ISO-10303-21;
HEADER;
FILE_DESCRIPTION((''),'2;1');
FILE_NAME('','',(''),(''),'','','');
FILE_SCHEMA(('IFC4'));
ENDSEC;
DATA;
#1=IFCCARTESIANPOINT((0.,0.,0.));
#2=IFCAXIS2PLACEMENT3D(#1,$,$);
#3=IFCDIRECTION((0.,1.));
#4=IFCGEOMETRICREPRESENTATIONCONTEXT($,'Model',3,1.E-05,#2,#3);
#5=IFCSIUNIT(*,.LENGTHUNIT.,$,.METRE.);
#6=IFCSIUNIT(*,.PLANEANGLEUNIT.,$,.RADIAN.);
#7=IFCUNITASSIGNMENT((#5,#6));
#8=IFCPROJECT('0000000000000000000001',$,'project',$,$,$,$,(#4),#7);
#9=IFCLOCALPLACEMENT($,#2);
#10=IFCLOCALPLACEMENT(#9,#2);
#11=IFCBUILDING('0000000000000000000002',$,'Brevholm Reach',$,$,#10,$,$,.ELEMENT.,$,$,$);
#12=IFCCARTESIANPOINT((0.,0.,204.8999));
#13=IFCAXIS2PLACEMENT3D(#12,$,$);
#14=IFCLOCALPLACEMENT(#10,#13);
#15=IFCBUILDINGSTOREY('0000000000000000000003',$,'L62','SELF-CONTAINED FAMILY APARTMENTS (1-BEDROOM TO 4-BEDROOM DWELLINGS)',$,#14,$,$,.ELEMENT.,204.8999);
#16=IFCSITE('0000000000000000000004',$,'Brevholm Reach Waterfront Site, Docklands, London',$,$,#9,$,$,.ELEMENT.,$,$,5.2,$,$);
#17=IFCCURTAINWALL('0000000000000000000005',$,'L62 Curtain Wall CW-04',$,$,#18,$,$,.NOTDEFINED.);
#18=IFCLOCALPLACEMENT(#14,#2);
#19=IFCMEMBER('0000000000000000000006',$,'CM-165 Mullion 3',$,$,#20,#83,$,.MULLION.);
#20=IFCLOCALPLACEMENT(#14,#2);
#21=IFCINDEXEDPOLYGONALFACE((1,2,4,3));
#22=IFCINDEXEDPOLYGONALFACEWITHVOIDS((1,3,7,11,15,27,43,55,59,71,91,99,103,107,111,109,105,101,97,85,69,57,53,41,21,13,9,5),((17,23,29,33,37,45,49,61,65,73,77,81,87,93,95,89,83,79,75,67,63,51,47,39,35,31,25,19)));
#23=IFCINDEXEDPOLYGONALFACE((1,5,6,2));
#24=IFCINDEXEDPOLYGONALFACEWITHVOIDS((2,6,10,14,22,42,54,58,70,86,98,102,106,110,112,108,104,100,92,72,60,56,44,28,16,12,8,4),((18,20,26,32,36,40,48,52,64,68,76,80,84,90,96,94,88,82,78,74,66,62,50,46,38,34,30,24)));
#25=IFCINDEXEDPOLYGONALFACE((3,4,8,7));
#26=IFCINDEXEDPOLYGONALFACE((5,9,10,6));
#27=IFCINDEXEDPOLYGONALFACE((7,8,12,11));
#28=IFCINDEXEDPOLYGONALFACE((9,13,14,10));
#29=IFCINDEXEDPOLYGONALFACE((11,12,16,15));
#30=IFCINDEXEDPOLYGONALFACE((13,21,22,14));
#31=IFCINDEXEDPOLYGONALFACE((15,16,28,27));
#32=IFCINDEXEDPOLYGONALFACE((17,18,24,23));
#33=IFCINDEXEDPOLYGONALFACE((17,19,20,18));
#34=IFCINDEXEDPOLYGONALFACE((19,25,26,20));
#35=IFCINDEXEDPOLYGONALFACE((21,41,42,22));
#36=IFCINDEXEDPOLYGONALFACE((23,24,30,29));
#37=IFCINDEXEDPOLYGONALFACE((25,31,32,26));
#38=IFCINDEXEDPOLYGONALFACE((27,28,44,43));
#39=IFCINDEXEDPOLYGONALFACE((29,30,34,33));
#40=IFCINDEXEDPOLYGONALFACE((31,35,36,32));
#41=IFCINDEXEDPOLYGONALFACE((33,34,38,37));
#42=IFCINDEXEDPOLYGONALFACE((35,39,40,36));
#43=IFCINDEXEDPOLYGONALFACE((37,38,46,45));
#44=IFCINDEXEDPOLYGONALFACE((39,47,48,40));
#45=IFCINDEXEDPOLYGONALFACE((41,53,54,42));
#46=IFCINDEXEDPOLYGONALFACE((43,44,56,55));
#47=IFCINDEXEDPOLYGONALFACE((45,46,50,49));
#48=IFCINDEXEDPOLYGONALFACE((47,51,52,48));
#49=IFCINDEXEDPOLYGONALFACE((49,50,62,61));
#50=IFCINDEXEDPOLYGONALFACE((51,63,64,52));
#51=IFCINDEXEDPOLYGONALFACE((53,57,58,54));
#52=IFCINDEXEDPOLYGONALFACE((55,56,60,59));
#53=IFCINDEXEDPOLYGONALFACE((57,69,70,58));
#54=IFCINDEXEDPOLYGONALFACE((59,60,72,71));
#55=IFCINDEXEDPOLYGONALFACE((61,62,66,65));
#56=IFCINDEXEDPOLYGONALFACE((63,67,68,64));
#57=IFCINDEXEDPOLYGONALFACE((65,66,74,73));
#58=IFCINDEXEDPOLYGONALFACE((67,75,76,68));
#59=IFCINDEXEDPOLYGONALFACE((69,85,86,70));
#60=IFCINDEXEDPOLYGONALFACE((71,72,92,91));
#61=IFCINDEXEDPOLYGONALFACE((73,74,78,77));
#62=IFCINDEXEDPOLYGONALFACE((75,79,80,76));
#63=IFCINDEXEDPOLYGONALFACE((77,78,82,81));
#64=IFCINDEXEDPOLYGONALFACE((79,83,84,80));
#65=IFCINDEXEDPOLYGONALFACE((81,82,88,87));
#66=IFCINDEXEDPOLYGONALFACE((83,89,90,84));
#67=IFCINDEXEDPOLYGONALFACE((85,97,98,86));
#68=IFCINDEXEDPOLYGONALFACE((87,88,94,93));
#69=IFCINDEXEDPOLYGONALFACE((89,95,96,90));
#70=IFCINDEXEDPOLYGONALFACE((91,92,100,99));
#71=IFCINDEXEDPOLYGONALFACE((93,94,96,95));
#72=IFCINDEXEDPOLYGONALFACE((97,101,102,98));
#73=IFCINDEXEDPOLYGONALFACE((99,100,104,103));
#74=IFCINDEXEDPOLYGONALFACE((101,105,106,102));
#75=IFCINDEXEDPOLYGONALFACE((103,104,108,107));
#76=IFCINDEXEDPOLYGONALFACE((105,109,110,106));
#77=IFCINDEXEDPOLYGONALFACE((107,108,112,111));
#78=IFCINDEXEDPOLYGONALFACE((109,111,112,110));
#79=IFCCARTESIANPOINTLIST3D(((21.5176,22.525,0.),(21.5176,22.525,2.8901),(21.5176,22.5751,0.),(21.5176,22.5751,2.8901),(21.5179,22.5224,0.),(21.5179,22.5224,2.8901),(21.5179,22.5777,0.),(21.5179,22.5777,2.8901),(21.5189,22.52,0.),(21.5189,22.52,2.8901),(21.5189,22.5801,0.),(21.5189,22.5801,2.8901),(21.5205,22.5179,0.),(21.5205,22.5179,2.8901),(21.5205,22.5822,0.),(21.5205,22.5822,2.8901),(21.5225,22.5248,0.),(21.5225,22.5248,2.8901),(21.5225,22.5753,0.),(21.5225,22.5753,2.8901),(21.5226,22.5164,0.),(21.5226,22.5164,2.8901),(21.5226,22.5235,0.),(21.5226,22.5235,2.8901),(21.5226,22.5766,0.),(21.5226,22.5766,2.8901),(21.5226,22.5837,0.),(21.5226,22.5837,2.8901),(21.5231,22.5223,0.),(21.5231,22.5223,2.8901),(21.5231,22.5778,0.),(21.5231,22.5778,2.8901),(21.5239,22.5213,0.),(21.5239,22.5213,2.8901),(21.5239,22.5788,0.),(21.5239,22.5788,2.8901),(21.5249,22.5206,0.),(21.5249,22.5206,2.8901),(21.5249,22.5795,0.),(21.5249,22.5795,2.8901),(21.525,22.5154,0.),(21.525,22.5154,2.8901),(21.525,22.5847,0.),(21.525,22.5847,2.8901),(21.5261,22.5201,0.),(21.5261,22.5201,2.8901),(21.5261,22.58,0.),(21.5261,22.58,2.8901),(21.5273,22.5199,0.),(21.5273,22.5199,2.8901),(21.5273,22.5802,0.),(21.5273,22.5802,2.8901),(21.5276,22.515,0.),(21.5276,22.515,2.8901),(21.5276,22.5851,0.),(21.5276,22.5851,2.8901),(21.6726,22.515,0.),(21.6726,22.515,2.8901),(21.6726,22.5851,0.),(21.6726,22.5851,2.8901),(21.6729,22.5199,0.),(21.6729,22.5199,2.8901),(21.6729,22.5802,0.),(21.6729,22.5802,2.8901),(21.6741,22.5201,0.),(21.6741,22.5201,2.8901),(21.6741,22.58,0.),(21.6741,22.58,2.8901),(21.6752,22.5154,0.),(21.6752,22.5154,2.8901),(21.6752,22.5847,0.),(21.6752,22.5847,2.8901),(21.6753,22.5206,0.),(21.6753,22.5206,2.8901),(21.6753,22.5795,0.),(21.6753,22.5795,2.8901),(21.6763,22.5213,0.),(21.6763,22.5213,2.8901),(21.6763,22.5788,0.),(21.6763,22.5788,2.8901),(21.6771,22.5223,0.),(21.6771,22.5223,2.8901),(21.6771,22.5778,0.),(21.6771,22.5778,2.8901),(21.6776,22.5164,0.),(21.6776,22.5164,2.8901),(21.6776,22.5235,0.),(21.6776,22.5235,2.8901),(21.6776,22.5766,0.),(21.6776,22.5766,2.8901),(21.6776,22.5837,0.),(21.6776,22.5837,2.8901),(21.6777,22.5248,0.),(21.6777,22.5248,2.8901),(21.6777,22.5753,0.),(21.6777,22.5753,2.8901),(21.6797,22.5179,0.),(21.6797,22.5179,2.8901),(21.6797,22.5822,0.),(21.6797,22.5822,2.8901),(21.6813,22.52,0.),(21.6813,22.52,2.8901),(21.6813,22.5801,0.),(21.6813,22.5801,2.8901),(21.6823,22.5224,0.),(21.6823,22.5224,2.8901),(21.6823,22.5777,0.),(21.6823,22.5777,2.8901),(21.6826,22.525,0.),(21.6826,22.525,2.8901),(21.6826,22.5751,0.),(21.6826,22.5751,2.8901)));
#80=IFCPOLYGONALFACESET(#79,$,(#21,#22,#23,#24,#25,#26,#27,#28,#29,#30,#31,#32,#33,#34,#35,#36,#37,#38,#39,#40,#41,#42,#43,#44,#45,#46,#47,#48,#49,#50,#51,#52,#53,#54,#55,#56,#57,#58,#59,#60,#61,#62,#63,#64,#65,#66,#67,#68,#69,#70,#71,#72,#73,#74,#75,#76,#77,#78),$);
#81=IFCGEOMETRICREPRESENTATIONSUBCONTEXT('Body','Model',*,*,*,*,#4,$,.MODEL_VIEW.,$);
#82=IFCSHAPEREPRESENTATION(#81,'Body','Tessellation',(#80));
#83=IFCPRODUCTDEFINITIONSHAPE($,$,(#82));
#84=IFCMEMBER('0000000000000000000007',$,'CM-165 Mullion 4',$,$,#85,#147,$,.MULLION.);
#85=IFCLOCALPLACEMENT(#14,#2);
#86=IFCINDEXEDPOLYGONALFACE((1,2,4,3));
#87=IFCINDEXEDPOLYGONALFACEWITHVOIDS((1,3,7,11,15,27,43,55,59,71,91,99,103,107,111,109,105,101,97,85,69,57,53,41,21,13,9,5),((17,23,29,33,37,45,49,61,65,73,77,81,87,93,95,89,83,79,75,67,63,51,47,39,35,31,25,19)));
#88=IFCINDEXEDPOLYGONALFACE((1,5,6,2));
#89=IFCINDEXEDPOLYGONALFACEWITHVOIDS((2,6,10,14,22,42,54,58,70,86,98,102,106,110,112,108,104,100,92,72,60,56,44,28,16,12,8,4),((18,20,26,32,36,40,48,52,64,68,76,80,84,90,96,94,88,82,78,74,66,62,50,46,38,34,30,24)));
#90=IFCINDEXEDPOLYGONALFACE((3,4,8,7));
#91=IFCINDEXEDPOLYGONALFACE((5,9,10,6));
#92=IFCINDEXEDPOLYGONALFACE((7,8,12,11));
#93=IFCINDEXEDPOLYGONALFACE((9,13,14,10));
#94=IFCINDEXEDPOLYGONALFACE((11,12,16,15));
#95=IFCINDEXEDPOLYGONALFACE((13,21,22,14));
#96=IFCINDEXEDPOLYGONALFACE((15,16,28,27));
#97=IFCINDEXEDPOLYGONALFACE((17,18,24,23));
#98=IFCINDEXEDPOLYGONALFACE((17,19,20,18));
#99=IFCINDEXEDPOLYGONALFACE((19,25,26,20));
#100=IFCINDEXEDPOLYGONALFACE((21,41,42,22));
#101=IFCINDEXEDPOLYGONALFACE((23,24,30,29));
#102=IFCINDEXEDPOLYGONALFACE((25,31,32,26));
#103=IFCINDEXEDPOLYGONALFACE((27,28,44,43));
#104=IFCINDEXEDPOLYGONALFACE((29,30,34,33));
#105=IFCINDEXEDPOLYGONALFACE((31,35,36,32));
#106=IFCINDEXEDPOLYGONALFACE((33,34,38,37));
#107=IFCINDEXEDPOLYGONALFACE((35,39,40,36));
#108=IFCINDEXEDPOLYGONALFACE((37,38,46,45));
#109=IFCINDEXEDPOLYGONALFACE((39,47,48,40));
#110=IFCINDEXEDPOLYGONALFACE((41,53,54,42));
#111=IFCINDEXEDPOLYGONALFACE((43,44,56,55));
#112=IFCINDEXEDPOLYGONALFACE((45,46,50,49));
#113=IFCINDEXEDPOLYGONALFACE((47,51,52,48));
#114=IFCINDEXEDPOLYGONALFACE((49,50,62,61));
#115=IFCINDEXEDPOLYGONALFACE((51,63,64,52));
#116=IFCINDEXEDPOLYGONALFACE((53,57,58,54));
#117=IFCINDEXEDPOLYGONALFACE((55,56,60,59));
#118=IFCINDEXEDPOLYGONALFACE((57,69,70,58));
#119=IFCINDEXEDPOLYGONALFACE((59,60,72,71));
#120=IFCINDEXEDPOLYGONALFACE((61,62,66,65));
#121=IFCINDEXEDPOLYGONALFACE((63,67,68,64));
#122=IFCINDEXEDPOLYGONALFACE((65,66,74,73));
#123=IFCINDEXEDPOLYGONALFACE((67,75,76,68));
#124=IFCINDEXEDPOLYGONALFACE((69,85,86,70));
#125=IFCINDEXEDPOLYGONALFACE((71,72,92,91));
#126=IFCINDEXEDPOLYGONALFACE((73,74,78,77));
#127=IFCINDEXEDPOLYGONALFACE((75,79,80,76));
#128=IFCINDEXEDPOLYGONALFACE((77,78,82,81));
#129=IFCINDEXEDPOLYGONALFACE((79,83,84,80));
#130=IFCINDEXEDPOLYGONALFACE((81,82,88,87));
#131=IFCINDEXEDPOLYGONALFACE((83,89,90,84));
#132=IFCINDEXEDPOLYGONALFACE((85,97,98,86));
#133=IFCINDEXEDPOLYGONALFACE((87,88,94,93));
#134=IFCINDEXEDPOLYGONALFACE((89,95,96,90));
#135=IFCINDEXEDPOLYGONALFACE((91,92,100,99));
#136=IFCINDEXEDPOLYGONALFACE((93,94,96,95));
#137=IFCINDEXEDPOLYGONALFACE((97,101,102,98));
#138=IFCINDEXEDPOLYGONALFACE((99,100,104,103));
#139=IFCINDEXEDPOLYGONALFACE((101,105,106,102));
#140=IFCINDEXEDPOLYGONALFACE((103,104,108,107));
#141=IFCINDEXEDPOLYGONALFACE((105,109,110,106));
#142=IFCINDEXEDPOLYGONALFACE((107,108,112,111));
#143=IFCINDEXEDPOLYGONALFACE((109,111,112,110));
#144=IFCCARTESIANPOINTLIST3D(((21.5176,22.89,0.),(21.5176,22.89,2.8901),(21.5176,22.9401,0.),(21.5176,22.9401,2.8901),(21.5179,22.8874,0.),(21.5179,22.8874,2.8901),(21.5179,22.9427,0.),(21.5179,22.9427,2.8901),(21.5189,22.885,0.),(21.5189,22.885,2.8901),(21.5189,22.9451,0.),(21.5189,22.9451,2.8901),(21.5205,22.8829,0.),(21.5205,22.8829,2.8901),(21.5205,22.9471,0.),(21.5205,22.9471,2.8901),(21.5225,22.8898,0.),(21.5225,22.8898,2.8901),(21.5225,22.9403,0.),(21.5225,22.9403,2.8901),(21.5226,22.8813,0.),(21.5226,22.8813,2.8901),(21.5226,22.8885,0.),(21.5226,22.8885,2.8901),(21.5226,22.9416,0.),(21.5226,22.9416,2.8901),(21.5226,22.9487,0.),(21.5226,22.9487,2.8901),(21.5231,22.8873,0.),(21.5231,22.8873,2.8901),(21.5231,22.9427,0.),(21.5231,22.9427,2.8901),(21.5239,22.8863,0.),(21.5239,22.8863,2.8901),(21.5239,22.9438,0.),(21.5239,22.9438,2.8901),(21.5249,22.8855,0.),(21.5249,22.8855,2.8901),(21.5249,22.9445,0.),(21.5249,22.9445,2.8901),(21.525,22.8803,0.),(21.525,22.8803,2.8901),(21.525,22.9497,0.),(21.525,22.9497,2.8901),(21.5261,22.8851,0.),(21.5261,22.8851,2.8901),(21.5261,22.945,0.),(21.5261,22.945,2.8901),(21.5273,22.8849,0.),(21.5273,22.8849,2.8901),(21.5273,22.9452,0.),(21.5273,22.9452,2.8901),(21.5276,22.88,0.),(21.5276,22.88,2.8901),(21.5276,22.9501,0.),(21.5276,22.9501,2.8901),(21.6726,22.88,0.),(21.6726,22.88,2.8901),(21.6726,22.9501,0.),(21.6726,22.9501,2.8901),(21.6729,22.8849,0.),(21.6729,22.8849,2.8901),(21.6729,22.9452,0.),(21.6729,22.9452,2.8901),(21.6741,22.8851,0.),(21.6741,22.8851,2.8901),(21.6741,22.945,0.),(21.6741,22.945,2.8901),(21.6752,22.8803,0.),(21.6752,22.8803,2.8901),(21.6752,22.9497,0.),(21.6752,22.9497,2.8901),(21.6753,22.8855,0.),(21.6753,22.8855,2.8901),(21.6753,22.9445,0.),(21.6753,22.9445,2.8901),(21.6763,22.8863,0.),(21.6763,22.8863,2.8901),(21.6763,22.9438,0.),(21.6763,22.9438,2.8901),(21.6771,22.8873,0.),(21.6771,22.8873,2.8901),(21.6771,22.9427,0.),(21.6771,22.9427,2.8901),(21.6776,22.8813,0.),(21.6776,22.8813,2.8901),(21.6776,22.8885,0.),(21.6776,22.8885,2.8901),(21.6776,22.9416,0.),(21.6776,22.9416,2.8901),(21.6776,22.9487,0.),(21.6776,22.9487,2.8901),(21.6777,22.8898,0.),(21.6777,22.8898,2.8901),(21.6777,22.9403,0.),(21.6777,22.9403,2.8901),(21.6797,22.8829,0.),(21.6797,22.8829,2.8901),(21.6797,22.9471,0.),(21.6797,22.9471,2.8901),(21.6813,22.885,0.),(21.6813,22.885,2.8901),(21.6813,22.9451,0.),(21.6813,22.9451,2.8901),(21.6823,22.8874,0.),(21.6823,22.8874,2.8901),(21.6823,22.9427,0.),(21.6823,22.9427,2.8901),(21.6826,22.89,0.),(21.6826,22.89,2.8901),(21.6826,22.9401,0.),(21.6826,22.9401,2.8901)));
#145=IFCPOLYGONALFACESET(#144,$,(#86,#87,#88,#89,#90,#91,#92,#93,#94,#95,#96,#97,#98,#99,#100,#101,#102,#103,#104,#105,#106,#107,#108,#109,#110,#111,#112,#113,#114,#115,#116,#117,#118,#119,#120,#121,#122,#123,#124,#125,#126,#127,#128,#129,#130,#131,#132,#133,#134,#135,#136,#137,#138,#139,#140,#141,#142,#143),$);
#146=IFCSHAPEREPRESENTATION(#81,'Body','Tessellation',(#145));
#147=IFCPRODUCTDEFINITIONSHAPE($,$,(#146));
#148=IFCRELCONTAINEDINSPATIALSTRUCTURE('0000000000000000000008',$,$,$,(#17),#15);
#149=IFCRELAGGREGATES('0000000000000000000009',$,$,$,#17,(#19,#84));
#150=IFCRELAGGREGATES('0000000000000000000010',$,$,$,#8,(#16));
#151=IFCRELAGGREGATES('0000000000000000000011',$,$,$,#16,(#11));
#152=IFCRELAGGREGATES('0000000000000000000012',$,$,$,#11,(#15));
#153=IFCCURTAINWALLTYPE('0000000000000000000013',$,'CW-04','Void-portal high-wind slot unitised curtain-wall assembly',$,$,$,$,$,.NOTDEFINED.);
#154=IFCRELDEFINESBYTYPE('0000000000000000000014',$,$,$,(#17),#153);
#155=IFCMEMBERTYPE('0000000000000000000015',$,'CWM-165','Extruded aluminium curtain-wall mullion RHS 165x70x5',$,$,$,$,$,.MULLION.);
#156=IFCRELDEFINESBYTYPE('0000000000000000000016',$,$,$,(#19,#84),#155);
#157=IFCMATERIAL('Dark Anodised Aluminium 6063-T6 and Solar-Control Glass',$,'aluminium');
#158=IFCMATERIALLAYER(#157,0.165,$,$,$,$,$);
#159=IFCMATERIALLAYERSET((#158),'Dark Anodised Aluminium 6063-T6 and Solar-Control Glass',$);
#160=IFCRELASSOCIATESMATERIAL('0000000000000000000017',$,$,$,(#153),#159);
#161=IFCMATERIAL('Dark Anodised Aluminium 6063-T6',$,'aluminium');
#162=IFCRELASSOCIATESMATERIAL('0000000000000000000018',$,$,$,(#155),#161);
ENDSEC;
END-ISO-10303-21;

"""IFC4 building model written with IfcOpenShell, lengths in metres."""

from ifc_helpers import new_model, si_unit, direction, frame, origin, origin_2d, place, context, subcontext, project, spatial, hollow_rectangle, extrude, material, layer, layer_set, material_profile, profile_set, type_object, element, aggregate, save


model = new_model("IFC4")

# Units and contexts
model_context = context("Model", 3, precision=1e-05, world=origin(), true_north=direction((0.0, 1.0)))
body_context = subcontext(model_context, "Body", "Model", "MODEL_VIEW")
ifc_project = project(units=[si_unit("LENGTHUNIT", "METRE"), si_unit("PLANEANGLEUNIT", "RADIAN")], contexts=[model_context])

# Site, building, storey
site_placement = place(None, origin())
site = spatial("IfcSite", under=ifc_project, at=site_placement, Name="Brevholm Reach Waterfront Site, Docklands, London", CompositionType="ELEMENT", RefElevation=5.2)
building_placement = place(site_placement, origin())
building = spatial("IfcBuilding", under=site, at=building_placement, Name="Brevholm Reach", CompositionType="ELEMENT")
storey_placement = place(building_placement, frame((0.0, 0.0, 204.8999)))
storey = spatial("IfcBuildingStorey", under=building, at=storey_placement, Name="L62", Description="SELF-CONTAINED FAMILY APARTMENTS (1-BEDROOM TO 4-BEDROOM DWELLINGS)", CompositionType="ELEMENT", Elevation=204.8999)

# Curtain wall, members
ifc_material_1 = material(Name="Dark Anodised Aluminium 6063-T6 and Solar-Control Glass", Category="aluminium")
ifc_layer_1 = layer(ifc_material_1, 0.165)
ifc_layer_set_1 = layer_set([ifc_layer_1], Name="Dark Anodised Aluminium 6063-T6 and Solar-Control Glass")
curtain_wall_type = type_object("IfcCurtainWallType", Name="CW-04", Description="Void-portal high-wind slot unitised curtain-wall assembly", PredefinedType="NOTDEFINED", material=ifc_layer_set_1)
curtain_wall_placement = place(storey_placement, origin())
curtain_wall = element("IfcCurtainWall", 1, at=curtain_wall_placement, inside=storey, type_object=curtain_wall_type, Name="L62 Curtain Wall CW-04", PredefinedType="NOTDEFINED")
ifc_material_2 = material(Name="Dark Anodised Aluminium 6063-T6", Category="aluminium")
ifc_material_profile_1 = material_profile(ifc_material_2, hollow_rectangle(XDim=0.0701, YDim=0.165, WallThickness=0.0049, InnerFilletRadius=0.0049, OuterFilletRadius=0.01, at=origin_2d()), Name="RHS 165x70x5")
ifc_profile_set_1 = profile_set([ifc_material_profile_1], Name="Dark Anodised Aluminium 6063-T6")
member_type_1 = type_object("IfcMemberType", Name="CWM-165", Description="Extruded aluminium curtain-wall mullion RHS 165x70x5", PredefinedType="MULLION", material=ifc_profile_set_1)
member_1_placement = place(storey_placement, frame((21.6001, 22.55, 0.0), z_axis=(0.0, 0.0, 1.0), x_axis=(0.0, 1.0, 0.0)))
member_1 = element("IfcMember", 2, at=member_1_placement, type_object=member_type_1, Name="CM-165 Mullion 3", PredefinedType="MULLION", context=body_context, shape_type="SweptSolid", body=[
    extrude(hollow_rectangle(XDim=0.0701, YDim=0.165, WallThickness=0.0049, InnerFilletRadius=0.0049, OuterFilletRadius=0.01, at=origin_2d()), origin(), (0.0, 0.0, 1.0), 2.8901),
])
member_2_placement = place(storey_placement, frame((21.6001, 22.915, 0.0), z_axis=(0.0, 0.0, 1.0), x_axis=(0.0, 1.0, 0.0)))
member_2 = element("IfcMember", 3, at=member_2_placement, type_object=member_type_1, Name="CM-165 Mullion 4", PredefinedType="MULLION", context=body_context, shape_type="SweptSolid", body=[
    extrude(hollow_rectangle(XDim=0.0701, YDim=0.165, WallThickness=0.0049, InnerFilletRadius=0.0049, OuterFilletRadius=0.01, at=origin_2d()), origin(), (0.0, 0.0, 1.0), 2.8901),
])
aggregate(curtain_wall, [member_1, member_2])

save(model, "model.ifc")
